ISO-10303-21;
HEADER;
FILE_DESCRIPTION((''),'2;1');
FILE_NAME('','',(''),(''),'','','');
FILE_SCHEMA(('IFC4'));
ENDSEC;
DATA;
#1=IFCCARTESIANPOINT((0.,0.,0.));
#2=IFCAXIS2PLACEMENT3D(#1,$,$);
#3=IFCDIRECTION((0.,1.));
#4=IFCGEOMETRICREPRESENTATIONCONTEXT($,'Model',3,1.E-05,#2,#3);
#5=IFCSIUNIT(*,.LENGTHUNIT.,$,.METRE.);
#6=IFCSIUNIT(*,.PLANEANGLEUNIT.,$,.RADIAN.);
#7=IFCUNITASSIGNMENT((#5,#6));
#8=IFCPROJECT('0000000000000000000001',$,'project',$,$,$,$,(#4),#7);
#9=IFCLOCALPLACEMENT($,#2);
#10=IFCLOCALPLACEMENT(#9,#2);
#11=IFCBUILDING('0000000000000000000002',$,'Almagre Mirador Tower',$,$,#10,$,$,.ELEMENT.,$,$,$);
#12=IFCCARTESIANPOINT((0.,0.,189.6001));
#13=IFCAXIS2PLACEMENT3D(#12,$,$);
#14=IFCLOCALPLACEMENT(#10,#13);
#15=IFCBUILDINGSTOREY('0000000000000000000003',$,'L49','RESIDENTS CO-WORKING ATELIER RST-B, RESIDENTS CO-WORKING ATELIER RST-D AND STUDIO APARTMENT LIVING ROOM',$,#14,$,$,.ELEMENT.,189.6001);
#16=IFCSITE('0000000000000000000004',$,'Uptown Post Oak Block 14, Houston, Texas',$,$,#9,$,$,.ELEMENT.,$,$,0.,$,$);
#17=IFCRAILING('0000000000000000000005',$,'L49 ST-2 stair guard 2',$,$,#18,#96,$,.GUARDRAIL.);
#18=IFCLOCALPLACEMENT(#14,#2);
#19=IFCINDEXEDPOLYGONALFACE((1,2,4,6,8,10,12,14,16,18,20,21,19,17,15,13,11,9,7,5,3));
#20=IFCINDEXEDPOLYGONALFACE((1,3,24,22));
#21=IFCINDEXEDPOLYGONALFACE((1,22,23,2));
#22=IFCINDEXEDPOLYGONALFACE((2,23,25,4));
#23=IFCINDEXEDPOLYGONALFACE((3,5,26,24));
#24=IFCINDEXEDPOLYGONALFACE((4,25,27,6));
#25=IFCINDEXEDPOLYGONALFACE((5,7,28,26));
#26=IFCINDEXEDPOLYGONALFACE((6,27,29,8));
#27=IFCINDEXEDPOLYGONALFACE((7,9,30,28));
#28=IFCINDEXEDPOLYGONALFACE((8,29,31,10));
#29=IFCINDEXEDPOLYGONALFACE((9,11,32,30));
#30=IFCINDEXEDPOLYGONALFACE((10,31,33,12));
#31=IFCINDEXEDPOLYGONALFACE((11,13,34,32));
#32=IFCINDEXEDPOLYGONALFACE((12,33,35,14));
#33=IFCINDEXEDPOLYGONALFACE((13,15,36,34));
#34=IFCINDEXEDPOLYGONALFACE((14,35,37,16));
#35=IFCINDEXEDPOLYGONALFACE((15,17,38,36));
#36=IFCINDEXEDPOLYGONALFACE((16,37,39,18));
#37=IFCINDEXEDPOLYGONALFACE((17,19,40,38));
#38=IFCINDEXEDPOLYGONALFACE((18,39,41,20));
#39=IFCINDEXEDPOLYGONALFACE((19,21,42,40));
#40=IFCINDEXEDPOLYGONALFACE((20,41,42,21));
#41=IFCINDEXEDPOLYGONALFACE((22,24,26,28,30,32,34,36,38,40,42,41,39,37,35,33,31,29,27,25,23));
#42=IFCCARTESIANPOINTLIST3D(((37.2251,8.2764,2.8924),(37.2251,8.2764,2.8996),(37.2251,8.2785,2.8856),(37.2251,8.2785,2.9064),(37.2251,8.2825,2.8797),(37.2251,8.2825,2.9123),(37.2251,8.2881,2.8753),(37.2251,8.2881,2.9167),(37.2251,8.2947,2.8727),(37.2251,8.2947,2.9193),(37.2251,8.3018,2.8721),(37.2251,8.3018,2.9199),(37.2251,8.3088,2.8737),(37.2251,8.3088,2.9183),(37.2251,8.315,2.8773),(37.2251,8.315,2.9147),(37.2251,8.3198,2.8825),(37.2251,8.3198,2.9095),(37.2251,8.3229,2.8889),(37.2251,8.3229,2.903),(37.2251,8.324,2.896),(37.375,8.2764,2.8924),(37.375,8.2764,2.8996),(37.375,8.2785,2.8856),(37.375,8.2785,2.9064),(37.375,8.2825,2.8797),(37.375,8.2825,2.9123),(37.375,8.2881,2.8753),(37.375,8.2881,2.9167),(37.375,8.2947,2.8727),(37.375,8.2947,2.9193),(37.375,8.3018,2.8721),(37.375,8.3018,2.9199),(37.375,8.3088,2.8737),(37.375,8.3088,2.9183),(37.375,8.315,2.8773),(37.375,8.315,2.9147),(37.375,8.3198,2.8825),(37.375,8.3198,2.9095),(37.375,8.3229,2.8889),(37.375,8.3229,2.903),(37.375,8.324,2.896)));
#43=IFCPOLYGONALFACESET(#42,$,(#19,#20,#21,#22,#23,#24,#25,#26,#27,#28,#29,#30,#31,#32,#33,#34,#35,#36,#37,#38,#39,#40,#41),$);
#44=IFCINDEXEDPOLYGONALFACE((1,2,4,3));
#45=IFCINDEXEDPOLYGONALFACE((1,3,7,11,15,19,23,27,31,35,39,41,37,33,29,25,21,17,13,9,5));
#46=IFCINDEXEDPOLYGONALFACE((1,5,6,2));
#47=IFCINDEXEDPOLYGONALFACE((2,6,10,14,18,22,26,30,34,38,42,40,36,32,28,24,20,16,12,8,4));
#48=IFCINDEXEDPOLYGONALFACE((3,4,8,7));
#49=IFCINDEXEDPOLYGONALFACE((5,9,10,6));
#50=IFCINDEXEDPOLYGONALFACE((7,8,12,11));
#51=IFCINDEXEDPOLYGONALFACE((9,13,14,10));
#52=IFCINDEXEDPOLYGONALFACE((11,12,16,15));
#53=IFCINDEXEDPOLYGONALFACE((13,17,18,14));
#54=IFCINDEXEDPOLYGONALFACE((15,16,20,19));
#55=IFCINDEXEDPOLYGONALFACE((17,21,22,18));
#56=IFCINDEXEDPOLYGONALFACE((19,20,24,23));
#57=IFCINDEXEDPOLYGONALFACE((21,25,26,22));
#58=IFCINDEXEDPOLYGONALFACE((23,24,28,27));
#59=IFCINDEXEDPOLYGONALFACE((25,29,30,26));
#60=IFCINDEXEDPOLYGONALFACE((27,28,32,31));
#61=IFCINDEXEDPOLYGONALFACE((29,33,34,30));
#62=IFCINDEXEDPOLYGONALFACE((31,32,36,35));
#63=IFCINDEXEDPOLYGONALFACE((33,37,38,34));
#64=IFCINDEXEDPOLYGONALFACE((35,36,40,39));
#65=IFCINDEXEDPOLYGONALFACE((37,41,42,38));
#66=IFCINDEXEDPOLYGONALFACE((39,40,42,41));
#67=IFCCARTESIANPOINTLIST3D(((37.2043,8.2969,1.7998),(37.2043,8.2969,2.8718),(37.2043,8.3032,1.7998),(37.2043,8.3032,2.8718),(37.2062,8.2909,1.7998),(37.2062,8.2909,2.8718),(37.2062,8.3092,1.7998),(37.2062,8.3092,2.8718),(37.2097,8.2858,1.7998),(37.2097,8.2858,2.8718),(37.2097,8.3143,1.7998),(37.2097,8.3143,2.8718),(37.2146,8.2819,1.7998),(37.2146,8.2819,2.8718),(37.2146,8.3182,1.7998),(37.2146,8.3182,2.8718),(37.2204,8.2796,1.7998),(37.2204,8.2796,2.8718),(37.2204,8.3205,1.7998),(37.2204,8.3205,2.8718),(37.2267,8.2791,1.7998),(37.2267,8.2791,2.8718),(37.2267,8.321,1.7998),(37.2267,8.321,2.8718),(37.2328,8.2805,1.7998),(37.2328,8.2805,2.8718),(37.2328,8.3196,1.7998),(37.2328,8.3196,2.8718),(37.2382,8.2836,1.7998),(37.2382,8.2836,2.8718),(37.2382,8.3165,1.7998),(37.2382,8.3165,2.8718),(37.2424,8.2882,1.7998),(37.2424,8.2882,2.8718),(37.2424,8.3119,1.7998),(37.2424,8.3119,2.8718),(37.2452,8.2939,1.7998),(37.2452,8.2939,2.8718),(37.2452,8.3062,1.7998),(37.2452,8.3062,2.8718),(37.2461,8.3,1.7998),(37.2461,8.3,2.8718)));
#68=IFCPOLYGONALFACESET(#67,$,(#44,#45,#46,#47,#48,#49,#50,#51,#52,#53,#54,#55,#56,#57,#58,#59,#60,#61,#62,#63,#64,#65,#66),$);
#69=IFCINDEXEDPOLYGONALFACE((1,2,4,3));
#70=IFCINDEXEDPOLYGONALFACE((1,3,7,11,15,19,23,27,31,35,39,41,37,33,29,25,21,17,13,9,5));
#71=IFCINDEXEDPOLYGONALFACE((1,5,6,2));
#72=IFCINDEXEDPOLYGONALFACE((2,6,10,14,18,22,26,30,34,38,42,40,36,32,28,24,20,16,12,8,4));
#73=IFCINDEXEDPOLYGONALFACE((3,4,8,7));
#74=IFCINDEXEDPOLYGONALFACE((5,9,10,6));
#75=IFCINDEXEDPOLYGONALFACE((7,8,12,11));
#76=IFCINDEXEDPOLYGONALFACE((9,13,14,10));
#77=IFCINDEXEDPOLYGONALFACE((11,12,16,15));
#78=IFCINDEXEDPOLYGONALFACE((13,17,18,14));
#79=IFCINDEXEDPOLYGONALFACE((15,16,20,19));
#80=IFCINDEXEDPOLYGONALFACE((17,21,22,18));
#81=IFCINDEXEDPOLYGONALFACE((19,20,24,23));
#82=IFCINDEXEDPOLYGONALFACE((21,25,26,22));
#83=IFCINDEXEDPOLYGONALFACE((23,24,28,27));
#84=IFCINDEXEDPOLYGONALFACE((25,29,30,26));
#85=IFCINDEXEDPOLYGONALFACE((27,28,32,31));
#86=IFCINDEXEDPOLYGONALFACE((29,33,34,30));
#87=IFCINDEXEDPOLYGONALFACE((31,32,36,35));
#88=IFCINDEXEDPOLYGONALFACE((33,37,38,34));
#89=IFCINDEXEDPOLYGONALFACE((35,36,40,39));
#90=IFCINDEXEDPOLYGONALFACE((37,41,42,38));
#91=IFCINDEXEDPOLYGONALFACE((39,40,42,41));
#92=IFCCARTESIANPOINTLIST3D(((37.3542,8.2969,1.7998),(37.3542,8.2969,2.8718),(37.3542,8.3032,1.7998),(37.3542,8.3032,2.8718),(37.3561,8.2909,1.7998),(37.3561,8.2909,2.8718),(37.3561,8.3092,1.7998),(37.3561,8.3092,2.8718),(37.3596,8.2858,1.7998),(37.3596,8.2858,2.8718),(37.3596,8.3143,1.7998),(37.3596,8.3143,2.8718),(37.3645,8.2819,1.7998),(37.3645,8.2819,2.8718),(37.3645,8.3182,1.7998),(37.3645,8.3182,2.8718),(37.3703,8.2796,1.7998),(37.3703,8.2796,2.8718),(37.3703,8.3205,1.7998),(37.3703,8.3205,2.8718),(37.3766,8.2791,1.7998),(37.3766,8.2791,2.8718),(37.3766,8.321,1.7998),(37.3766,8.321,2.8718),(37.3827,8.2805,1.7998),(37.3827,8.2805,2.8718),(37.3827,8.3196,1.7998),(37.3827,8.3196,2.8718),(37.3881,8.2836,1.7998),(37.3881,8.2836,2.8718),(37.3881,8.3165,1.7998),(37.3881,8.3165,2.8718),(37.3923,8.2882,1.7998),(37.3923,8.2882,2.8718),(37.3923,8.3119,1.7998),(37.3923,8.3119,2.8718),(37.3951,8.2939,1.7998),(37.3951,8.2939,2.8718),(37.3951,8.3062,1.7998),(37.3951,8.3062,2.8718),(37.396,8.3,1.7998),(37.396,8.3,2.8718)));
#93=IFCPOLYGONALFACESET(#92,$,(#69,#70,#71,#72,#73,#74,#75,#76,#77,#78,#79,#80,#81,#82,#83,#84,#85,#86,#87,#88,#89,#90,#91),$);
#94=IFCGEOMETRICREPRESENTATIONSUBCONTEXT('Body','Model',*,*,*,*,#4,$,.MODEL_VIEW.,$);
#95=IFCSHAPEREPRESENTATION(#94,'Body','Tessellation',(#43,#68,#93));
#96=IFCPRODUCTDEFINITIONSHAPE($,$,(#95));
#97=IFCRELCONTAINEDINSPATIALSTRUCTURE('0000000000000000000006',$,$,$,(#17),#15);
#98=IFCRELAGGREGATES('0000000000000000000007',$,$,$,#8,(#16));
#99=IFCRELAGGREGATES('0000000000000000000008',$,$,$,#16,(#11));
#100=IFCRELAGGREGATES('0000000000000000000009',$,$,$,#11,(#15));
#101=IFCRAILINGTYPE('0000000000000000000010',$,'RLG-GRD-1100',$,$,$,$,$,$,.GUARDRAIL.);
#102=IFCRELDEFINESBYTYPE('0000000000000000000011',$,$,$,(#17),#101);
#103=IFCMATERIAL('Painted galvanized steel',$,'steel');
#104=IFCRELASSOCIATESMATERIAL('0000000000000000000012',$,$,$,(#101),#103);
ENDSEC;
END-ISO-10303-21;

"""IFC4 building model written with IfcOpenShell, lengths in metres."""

from ifc_helpers import new_model, si_unit, direction, frame, origin, origin_2d, place, context, subcontext, project, spatial, circle, extrude, material, type_object, element, save


model = new_model("IFC4")

# Units and contexts
model_context = context("Model", 3, precision=1e-05, world=origin(), true_north=direction((0.0, 1.0)))
body_context = subcontext(model_context, "Body", "Model", "MODEL_VIEW")
ifc_project = project(units=[si_unit("LENGTHUNIT", "METRE"), si_unit("PLANEANGLEUNIT", "RADIAN")], contexts=[model_context])

# Site, building, storey
site_placement = place(None, origin())
site = spatial("IfcSite", under=ifc_project, at=site_placement, Name="Uptown Post Oak Block 14, Houston, Texas", CompositionType="ELEMENT", RefElevation=0.0)
building_placement = place(site_placement, origin())
building = spatial("IfcBuilding", under=site, at=building_placement, Name="Almagre Mirador Tower", CompositionType="ELEMENT")
storey_placement = place(building_placement, frame((0.0, 0.0, 189.6001)))
storey = spatial("IfcBuildingStorey", under=building, at=storey_placement, Name="L49", Description="RESIDENTS CO-WORKING ATELIER RST-B, RESIDENTS CO-WORKING ATELIER RST-D AND STUDIO APARTMENT LIVING ROOM", CompositionType="ELEMENT", Elevation=189.6001)

# Railing
ifc_material_1 = material(Name="Painted galvanized steel", Category="steel")
railing_type_1 = type_object("IfcRailingType", Name="RLG-GRD-1100", PredefinedType="GUARDRAIL", material=ifc_material_1)
railing_1_placement = place(storey_placement, frame((37.2251, 8.3, 1.7998)))
element("IfcRailing", 1, at=railing_1_placement, inside=storey, type_object=railing_type_1, Name="L49 ST-2 stair guard 2", PredefinedType="GUARDRAIL", context=body_context, shape_type="SweptSolid", body=[
    extrude(circle(Radius=0.0239, at=origin_2d()), frame((0.0, 0.0, 1.0962), z_axis=(1.0, 0.0, 0.0), x_axis=(0.0, 1.0, 0.0)), (0.0, 0.0, 1.0), 0.1499),
    extrude(circle(Radius=0.021, at=origin_2d()), origin(), (0.0, 0.0, 1.0), 1.072),
    extrude(circle(Radius=0.021, at=origin_2d()), frame((0.1499, 0.0, 0.0)), (0.0, 0.0, 1.0), 1.072),
])

save(model, "model.ifc")
